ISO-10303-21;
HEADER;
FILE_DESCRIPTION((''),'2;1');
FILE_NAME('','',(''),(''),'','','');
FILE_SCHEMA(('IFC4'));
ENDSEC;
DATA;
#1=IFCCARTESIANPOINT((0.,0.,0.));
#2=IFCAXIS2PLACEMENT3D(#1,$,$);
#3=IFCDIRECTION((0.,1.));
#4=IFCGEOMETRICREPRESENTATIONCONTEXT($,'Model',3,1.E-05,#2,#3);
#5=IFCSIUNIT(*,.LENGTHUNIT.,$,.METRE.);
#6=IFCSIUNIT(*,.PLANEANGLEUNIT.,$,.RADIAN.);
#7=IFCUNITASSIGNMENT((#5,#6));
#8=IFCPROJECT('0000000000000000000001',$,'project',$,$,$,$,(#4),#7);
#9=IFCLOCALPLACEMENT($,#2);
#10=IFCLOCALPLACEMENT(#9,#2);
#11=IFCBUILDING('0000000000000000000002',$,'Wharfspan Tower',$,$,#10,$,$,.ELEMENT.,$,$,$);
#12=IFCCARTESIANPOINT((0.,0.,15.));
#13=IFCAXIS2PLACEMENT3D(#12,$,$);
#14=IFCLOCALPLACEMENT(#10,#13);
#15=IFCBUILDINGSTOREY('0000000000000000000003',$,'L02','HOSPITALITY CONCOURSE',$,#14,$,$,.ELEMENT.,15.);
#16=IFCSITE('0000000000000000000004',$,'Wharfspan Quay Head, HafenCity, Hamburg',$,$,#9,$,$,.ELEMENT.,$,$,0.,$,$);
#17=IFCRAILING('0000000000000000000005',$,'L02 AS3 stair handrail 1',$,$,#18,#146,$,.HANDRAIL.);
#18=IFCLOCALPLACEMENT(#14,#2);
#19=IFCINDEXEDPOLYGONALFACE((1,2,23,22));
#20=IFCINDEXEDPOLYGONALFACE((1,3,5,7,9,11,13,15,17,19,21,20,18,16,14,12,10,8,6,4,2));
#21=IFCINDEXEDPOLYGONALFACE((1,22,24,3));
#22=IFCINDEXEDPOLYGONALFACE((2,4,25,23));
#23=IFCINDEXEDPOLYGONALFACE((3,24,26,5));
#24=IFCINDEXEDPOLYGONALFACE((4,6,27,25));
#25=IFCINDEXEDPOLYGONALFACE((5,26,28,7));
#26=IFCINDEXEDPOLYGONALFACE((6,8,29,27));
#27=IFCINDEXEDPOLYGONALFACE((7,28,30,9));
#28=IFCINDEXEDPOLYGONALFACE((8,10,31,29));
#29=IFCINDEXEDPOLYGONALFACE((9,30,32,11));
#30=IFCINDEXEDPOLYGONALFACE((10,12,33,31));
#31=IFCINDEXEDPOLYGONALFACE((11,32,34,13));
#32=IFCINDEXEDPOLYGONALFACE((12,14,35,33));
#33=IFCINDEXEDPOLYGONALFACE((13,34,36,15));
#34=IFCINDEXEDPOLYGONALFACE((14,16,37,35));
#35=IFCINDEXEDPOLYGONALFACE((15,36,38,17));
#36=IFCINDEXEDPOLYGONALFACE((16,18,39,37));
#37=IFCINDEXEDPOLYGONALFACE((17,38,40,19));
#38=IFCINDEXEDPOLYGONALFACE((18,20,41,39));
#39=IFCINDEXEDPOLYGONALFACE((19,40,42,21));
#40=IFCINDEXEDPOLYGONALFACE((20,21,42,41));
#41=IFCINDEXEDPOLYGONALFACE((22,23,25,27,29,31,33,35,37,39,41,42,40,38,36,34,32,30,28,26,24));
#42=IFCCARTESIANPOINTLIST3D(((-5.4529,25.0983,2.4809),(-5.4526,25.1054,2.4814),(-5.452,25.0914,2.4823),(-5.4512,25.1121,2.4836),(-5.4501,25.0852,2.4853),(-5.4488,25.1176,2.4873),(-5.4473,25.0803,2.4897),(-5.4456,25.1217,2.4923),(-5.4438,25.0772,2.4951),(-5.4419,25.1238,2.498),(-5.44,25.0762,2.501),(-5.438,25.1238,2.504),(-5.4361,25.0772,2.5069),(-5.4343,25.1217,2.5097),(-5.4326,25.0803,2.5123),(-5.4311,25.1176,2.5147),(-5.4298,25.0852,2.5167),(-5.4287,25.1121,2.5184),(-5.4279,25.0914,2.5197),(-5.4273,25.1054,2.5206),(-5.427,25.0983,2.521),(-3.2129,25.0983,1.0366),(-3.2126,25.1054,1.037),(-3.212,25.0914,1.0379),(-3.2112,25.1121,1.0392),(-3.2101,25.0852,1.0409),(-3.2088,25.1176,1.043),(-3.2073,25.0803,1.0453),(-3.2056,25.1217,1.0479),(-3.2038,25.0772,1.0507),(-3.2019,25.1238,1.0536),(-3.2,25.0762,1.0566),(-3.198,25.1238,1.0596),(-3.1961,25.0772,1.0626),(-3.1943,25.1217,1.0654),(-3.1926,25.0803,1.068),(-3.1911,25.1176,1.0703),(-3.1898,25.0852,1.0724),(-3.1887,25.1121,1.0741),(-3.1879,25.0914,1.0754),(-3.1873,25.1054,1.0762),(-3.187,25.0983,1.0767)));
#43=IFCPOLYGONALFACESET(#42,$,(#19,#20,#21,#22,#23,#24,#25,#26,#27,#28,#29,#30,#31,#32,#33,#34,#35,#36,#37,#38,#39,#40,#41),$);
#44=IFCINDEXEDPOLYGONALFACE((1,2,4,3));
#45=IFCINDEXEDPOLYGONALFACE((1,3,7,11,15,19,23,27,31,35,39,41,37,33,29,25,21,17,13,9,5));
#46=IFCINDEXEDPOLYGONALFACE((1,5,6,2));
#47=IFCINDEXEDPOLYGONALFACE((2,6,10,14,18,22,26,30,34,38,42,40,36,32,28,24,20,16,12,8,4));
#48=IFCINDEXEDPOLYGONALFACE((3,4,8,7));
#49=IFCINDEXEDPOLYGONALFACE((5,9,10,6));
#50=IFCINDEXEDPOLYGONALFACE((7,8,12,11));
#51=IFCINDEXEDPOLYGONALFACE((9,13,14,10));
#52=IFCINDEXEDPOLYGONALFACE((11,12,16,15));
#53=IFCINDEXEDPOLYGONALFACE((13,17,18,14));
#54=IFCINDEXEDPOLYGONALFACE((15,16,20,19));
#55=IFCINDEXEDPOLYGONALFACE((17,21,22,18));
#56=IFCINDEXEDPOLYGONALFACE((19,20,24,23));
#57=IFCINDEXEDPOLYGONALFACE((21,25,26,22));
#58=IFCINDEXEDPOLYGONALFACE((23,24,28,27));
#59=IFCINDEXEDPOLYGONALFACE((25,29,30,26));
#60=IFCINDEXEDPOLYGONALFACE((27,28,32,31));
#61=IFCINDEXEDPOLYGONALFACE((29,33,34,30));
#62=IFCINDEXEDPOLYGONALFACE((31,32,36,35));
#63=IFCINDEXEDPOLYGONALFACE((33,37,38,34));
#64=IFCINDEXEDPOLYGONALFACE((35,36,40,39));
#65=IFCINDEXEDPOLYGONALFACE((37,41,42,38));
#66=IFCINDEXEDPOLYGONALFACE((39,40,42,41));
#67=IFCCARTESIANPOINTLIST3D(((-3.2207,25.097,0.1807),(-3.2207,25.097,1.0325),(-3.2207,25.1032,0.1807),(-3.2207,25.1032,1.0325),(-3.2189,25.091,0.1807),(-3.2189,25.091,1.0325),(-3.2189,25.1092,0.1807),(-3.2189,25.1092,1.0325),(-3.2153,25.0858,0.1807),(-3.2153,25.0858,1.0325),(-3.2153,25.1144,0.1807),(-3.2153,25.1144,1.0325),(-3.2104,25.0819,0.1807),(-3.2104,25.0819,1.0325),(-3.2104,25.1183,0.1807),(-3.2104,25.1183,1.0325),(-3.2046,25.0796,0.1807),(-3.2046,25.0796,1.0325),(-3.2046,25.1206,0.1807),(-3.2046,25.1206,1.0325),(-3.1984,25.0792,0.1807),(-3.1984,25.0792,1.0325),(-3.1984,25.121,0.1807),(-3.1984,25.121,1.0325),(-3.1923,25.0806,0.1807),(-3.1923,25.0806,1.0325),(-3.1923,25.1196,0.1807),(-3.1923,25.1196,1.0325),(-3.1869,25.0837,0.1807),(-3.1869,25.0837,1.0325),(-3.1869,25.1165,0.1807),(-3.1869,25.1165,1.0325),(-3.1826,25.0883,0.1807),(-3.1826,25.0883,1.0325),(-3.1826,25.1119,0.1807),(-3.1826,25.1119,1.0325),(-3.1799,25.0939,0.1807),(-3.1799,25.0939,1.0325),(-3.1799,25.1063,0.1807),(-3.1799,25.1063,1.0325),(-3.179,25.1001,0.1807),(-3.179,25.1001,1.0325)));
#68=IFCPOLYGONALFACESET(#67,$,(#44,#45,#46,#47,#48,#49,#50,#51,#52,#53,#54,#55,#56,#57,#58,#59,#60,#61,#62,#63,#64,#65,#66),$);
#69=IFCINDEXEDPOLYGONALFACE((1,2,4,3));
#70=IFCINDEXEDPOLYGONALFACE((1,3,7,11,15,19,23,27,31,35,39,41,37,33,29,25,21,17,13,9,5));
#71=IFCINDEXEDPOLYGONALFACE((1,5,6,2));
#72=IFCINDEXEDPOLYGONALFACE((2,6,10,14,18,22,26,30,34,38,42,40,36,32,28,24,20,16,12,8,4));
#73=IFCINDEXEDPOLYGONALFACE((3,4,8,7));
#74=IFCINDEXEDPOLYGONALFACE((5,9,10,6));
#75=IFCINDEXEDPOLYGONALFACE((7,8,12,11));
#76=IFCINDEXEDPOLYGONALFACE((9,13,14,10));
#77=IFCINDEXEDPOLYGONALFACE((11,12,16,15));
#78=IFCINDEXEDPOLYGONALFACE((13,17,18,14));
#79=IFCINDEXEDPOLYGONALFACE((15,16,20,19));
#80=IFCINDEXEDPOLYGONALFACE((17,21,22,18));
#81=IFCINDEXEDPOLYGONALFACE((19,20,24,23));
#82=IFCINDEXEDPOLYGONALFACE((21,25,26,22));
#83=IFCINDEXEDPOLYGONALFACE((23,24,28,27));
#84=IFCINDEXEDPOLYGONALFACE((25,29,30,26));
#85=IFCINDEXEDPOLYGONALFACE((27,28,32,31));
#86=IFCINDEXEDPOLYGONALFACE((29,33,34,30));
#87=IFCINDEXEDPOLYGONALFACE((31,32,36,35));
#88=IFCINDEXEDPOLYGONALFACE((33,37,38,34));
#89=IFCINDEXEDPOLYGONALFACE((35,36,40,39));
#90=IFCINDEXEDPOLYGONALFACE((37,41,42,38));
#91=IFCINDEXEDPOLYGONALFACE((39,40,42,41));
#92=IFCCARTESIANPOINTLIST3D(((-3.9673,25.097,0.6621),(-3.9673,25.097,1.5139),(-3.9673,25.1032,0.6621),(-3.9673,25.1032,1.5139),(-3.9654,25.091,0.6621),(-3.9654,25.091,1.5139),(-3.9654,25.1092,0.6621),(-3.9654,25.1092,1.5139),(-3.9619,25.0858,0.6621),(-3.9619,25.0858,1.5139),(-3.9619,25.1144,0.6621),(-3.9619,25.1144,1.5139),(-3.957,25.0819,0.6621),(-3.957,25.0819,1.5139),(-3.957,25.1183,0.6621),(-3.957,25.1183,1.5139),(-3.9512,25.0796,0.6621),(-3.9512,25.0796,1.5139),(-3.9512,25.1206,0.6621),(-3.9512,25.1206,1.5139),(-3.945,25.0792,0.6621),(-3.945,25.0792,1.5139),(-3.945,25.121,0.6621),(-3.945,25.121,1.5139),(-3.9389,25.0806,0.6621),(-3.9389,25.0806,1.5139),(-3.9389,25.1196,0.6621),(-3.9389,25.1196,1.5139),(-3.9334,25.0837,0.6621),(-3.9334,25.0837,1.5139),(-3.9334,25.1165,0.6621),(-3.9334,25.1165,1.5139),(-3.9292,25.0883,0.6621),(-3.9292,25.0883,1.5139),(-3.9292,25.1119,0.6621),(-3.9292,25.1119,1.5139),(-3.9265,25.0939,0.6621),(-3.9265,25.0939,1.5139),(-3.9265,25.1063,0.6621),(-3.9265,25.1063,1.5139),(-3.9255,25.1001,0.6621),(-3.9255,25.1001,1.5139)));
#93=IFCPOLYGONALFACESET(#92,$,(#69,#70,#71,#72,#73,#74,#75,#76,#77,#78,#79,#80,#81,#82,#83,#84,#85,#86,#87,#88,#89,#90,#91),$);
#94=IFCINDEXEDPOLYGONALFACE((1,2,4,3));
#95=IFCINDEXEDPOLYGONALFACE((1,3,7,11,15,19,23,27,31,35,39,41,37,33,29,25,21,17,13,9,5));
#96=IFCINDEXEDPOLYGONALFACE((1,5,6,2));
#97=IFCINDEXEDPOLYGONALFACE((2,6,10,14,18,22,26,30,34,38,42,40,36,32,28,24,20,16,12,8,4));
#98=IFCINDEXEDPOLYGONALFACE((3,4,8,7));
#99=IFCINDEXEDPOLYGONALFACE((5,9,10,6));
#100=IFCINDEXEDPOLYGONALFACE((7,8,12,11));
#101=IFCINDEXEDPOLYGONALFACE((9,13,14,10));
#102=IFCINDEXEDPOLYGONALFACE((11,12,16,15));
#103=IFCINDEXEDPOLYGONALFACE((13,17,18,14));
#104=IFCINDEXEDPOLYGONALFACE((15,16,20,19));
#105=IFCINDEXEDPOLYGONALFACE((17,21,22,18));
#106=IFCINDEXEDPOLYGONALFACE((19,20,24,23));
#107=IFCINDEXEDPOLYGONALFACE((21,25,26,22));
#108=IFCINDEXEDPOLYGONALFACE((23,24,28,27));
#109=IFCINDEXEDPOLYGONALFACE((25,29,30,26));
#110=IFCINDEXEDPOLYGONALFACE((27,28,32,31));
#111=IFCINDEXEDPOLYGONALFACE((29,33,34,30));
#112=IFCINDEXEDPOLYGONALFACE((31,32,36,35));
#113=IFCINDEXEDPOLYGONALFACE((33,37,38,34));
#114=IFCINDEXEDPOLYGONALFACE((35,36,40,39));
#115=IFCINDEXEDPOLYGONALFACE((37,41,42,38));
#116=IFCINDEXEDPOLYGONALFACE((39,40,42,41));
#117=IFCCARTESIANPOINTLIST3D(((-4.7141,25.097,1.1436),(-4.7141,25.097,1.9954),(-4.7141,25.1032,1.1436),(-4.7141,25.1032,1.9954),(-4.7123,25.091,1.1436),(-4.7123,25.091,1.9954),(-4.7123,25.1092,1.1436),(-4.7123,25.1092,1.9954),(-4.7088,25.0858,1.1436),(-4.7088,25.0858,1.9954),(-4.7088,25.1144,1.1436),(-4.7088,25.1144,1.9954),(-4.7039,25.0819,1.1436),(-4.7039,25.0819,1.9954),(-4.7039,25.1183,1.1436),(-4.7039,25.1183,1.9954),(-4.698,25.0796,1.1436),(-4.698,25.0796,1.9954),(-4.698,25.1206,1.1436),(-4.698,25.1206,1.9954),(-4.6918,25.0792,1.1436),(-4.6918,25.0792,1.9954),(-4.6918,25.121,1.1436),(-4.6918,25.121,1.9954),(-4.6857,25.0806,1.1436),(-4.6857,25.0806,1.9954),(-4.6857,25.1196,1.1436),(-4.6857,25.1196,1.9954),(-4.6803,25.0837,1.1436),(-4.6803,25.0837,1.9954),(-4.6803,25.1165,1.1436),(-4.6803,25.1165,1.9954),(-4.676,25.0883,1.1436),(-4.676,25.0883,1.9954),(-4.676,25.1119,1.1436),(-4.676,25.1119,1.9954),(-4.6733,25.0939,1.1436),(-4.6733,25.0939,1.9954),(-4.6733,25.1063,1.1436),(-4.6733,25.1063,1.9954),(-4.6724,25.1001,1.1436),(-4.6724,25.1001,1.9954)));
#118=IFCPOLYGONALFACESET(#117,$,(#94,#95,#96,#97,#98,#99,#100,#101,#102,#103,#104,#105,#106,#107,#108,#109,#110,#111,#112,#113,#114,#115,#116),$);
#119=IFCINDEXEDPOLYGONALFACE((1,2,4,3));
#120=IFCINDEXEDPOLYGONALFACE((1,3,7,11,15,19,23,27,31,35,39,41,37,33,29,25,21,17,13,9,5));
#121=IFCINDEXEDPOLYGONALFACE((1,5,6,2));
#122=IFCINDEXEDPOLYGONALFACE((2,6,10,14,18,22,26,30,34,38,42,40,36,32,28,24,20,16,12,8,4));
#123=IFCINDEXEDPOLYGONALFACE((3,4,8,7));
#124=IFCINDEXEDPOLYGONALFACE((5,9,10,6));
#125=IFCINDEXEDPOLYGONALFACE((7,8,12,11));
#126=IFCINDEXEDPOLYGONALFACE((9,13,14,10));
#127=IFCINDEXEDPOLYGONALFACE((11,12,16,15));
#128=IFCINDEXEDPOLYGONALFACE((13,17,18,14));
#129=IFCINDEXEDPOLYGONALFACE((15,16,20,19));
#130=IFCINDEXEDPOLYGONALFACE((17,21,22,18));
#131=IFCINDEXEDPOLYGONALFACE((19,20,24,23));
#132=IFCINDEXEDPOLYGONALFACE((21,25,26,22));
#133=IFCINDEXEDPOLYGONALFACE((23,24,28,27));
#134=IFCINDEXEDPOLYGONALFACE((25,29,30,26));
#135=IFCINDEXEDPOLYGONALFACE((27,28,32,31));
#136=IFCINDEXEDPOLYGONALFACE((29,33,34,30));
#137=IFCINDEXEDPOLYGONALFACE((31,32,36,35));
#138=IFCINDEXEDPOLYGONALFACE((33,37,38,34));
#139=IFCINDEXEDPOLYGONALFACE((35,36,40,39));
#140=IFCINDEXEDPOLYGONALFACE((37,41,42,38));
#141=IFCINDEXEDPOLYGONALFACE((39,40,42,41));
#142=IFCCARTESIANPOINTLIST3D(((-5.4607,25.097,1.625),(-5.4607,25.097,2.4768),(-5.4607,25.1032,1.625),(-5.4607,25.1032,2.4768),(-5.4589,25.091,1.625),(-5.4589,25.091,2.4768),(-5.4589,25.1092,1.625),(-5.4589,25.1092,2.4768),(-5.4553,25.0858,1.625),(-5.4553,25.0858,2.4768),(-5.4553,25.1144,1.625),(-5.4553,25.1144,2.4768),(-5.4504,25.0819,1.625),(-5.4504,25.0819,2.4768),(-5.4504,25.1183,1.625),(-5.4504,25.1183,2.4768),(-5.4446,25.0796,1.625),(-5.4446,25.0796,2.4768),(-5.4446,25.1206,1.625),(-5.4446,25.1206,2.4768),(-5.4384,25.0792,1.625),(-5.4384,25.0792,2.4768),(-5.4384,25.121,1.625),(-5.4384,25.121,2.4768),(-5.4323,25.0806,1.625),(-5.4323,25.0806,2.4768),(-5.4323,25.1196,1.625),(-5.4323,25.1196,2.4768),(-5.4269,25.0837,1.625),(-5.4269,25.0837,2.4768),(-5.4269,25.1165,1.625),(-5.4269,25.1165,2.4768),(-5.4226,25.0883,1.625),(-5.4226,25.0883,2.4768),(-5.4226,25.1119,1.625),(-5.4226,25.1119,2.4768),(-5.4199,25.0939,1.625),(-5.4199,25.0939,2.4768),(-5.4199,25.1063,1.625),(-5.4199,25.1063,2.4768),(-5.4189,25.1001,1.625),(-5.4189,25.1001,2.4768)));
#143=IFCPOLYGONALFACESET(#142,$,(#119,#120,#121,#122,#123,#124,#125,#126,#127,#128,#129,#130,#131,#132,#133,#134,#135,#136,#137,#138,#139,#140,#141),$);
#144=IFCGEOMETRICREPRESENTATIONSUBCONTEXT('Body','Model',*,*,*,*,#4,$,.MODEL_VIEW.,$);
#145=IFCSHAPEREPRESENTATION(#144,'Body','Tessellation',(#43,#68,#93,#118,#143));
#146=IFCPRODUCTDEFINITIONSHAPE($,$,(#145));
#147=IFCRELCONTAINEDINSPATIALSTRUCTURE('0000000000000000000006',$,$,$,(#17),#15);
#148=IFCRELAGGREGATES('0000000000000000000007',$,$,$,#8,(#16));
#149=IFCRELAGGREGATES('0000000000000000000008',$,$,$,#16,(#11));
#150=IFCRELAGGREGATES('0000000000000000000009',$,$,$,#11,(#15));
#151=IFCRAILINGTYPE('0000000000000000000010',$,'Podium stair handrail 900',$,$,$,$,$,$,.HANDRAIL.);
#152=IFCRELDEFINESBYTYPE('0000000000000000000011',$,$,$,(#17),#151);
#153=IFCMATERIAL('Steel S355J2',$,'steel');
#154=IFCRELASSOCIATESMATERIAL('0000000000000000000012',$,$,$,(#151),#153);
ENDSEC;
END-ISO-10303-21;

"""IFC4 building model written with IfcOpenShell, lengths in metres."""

from ifc_helpers import new_model, si_unit, direction, frame, origin, origin_2d, place, context, subcontext, project, spatial, circle, extrude, material, type_object, element, save


model = new_model("IFC4")

# Units and contexts
model_context = context("Model", 3, precision=1e-05, world=origin(), true_north=direction((0.0, 1.0)))
body_context = subcontext(model_context, "Body", "Model", "MODEL_VIEW")
ifc_project = project(units=[si_unit("LENGTHUNIT", "METRE"), si_unit("PLANEANGLEUNIT", "RADIAN")], contexts=[model_context])

# Site, building, storey
site_placement = place(None, origin())
site = spatial("IfcSite", under=ifc_project, at=site_placement, Name="Wharfspan Quay Head, HafenCity, Hamburg", CompositionType="ELEMENT", RefElevation=0.0)
building_placement = place(site_placement, origin())
building = spatial("IfcBuilding", under=site, at=building_placement, Name="Wharfspan Tower", CompositionType="ELEMENT")
storey_placement = place(building_placement, frame((0.0, 0.0, 15.0)))
storey = spatial("IfcBuildingStorey", under=building, at=storey_placement, Name="L02", Description="HOSPITALITY CONCOURSE", CompositionType="ELEMENT", Elevation=15.0)

# Railing
ifc_material_1 = material(Name="Steel S355J2", Category="steel")
railing_type_1 = type_object("IfcRailingType", Name="Podium stair handrail 900", PredefinedType="HANDRAIL", material=ifc_material_1)
for number, where, name in (
    (1, (-3.2, 25.1001, 0.1807), "L02 AS3 stair handrail 1"),
):
    element("IfcRailing", number, at=place(storey_placement, frame(where)), inside=storey, type_object=railing_type_1, Name=name, PredefinedType="HANDRAIL", context=body_context, shape_type="SweptSolid", body=[
        extrude(circle(Radius=0.0239, at=origin_2d()), frame((0.0, 0.0, 0.876), z_axis=(-0.840437, 0.0, 0.54191), x_axis=(0.0, -1.0, 0.0)), (0.0, 0.0, 1.0), 2.6653),
        extrude(circle(Radius=0.021, at=origin_2d()), origin(), (0.0, 0.0, 1.0), 0.8518),
        extrude(circle(Radius=0.021, at=origin_2d()), frame((-0.7466, 0.0, 0.4814)), (0.0, 0.0, 1.0), 0.8518),
        extrude(circle(Radius=0.021, at=origin_2d()), frame((-1.4934, 0.0, 0.9629)), (0.0, 0.0, 1.0), 0.8518),
        extrude(circle(Radius=0.021, at=origin_2d()), frame((-2.24, 0.0, 1.4443)), (0.0, 0.0, 1.0), 0.8518),
    ])

save(model, "model.ifc")
